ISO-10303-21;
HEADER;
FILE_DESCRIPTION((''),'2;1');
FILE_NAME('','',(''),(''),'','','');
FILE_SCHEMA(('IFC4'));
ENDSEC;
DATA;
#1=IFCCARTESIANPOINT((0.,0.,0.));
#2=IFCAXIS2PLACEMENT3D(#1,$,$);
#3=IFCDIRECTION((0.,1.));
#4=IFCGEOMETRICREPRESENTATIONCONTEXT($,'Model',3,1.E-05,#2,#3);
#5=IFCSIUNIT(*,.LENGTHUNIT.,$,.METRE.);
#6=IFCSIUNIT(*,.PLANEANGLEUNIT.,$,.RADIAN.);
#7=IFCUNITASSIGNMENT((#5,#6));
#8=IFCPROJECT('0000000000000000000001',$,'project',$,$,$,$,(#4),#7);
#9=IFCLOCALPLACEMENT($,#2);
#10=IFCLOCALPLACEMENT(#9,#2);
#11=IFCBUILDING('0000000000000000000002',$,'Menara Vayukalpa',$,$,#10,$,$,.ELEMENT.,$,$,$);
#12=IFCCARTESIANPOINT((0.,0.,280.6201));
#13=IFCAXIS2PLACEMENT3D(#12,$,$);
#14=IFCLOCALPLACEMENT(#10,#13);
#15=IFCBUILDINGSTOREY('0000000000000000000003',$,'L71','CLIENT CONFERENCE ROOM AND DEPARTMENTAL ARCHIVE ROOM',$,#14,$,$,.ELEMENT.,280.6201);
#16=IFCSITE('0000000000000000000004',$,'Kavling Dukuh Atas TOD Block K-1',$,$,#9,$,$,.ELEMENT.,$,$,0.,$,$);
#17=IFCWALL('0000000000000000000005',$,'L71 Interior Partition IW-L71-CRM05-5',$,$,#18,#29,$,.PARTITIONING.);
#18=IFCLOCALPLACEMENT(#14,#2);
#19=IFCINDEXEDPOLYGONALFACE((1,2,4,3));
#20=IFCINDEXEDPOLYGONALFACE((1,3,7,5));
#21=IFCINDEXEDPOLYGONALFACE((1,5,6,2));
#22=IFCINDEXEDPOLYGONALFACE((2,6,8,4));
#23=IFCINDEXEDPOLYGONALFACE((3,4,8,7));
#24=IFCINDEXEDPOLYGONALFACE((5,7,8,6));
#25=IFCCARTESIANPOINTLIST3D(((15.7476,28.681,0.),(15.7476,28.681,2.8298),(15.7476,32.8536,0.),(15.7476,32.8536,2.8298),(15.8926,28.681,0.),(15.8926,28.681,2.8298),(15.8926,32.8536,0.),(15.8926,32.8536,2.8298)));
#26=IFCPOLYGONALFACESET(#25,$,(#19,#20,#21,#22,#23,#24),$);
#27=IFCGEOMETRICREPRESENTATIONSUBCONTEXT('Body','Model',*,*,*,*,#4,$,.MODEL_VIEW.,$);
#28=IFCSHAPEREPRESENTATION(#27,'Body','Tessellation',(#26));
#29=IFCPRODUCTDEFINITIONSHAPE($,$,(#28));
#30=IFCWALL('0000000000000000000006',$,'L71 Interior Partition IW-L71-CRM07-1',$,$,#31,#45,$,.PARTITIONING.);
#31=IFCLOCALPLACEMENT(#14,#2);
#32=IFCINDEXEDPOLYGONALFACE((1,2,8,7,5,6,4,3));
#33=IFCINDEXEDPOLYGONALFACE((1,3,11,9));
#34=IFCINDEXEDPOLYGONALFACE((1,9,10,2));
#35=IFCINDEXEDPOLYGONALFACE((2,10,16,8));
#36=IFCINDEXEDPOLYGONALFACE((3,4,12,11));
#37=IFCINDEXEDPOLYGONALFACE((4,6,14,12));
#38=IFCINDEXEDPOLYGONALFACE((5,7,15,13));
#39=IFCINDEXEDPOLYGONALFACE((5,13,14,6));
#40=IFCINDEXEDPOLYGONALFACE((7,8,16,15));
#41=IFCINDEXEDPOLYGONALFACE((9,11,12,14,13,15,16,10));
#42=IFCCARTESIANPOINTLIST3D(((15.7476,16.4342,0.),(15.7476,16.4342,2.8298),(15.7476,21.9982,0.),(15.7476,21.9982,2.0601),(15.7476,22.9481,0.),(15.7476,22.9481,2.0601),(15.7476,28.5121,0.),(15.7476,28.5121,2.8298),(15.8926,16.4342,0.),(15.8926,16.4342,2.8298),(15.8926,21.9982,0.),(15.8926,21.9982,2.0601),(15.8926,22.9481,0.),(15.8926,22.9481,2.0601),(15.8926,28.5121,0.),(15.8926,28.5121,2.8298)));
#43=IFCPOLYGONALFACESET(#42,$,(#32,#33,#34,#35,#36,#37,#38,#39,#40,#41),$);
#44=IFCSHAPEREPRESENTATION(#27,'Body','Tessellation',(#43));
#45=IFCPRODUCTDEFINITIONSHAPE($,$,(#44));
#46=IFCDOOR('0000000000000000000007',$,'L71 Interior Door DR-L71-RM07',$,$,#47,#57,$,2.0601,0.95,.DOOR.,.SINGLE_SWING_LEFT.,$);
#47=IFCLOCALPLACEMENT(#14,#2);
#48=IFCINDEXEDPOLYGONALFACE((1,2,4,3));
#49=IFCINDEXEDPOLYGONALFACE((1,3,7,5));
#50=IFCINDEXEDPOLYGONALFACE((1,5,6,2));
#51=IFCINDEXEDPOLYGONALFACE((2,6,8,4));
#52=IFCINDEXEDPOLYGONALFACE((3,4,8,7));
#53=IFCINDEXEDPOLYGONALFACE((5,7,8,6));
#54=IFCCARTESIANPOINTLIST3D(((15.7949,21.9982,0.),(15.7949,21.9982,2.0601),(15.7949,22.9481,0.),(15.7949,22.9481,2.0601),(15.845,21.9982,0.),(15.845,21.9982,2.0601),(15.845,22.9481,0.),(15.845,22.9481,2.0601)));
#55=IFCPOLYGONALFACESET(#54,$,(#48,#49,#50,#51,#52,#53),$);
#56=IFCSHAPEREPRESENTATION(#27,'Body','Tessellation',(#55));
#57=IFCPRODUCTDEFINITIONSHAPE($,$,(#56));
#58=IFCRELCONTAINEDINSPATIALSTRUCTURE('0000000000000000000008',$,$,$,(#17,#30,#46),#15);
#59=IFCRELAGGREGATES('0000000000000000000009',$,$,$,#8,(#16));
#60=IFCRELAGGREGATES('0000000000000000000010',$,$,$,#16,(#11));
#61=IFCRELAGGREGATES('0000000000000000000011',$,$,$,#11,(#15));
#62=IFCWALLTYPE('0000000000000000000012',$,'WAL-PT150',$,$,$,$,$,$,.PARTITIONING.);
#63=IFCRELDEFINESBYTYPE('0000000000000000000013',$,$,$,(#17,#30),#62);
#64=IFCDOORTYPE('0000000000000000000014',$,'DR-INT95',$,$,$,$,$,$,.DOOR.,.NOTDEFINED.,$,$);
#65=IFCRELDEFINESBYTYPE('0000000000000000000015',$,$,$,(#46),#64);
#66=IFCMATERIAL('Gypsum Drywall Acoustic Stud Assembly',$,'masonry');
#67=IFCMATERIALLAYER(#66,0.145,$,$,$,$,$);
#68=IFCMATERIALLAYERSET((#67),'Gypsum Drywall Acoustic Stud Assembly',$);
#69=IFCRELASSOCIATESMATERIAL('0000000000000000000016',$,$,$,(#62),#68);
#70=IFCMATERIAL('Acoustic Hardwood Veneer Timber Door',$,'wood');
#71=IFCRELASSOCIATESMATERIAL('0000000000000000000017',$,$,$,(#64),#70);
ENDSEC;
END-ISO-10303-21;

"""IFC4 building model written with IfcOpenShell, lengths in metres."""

from ifc_helpers import new_model, si_unit, direction, frame, frame_2d, origin, place, context, subcontext, project, spatial, rectangle, extrude, material, layer, layer_set, type_object, element, fill, save


model = new_model("IFC4")

# Units and contexts
model_context = context("Model", 3, precision=1e-05, world=origin(), true_north=direction((0.0, 1.0)))
body_context = subcontext(model_context, "Body", "Model", "MODEL_VIEW")
ifc_project = project(units=[si_unit("LENGTHUNIT", "METRE"), si_unit("PLANEANGLEUNIT", "RADIAN")], contexts=[model_context])

# Site, building, storey
site_placement = place(None, origin())
site = spatial("IfcSite", under=ifc_project, at=site_placement, Name="Kavling Dukuh Atas TOD Block K-1", CompositionType="ELEMENT", RefElevation=0.0)
building_placement = place(site_placement, origin())
building = spatial("IfcBuilding", under=site, at=building_placement, Name="Menara Vayukalpa", CompositionType="ELEMENT")
storey_placement = place(building_placement, frame((0.0, 0.0, 280.6201)))
storey = spatial("IfcBuildingStorey", under=building, at=storey_placement, Name="L71", Description="CLIENT CONFERENCE ROOM AND DEPARTMENTAL ARCHIVE ROOM", CompositionType="ELEMENT", Elevation=280.6201)

# Shared definitions
ifc_material_1 = material(Name="Gypsum Drywall Acoustic Stud Assembly", Category="masonry")
ifc_layer_1 = layer(ifc_material_1, 0.145)
ifc_layer_set_1 = layer_set([ifc_layer_1], Name="Gypsum Drywall Acoustic Stud Assembly")
wall_type_1 = type_object("IfcWallType", Name="WAL-PT150", PredefinedType="PARTITIONING", material=ifc_layer_set_1)
ifc_material_2 = material(Name="Acoustic Hardwood Veneer Timber Door", Category="wood")
door_type_1 = type_object("IfcDoorType", Name="DR-INT95", OperationType="NOTDEFINED", PredefinedType="DOOR", material=ifc_material_2)

# Wall
wall_1_placement = place(storey_placement, frame((15.8201, 32.8538, 0.0), z_axis=(0.0, 0.0, 1.0), x_axis=(0.0, -1.0, 0.0)))
element("IfcWall", 1, at=wall_1_placement, inside=storey, type_object=wall_type_1, Name="L71 Interior Partition IW-L71-CRM05-5", PredefinedType="PARTITIONING", context=body_context, shape_type="SweptSolid", body=[
    extrude(rectangle(XDim=4.1726, YDim=0.145, at=frame_2d((2.0864, 0.0))), origin(), (0.0, 0.0, 1.0), 2.8298),
])

# Wall, opening, door
wall_2_placement = place(storey_placement, frame((15.8201, 28.5122, 0.0), z_axis=(0.0, 0.0, 1.0), x_axis=(0.0, -1.0, 0.0)))
wall_2 = element("IfcWall", 2, at=wall_2_placement, inside=storey, type_object=wall_type_1, Name="L71 Interior Partition IW-L71-CRM07-1", PredefinedType="PARTITIONING", context=body_context, shape_type="SweptSolid", body=[
    extrude(rectangle(XDim=12.0779, YDim=0.145, at=frame_2d((6.0391, 0.0))), origin(), (0.0, 0.0, 1.0), 2.8298),
])
opening_1_placement = place(wall_2_placement, frame((5.564, 0.0, 0.0)))
opening_1 = element("IfcOpeningElement", 3, at=opening_1_placement, cuts=wall_2, PredefinedType="OPENING", context=body_context, shape_type="SweptSolid", body=[
    extrude(rectangle(XDim=0.95, YDim=2.0601, at=frame_2d((0.4751, 1.03))), frame((0.0, 0.0825, 0.0), z_axis=(0.0, -1.0, 0.0), x_axis=(1.0, 0.0, 0.0)), (0.0, 0.0, 1.0), 0.165),
])
door_1_placement = place(opening_1_placement, origin())
door_1 = element("IfcDoor", 4, at=door_1_placement, inside=storey, type_object=door_type_1, Name="L71 Interior Door DR-L71-RM07", OperationType="SINGLE_SWING_LEFT", OverallHeight=2.0601, OverallWidth=0.95, PredefinedType="DOOR", context=body_context, shape_type="SweptSolid", body=[
    extrude(rectangle(XDim=0.95, YDim=2.0601, at=frame_2d((0.4751, 1.03))), frame((0.0, 0.0249, 0.0), z_axis=(0.0, -1.0, 0.0), x_axis=(1.0, 0.0, 0.0)), (0.0, 0.0, 1.0), 0.05),
])
fill(opening_1, door_1)

save(model, "model.ifc")
